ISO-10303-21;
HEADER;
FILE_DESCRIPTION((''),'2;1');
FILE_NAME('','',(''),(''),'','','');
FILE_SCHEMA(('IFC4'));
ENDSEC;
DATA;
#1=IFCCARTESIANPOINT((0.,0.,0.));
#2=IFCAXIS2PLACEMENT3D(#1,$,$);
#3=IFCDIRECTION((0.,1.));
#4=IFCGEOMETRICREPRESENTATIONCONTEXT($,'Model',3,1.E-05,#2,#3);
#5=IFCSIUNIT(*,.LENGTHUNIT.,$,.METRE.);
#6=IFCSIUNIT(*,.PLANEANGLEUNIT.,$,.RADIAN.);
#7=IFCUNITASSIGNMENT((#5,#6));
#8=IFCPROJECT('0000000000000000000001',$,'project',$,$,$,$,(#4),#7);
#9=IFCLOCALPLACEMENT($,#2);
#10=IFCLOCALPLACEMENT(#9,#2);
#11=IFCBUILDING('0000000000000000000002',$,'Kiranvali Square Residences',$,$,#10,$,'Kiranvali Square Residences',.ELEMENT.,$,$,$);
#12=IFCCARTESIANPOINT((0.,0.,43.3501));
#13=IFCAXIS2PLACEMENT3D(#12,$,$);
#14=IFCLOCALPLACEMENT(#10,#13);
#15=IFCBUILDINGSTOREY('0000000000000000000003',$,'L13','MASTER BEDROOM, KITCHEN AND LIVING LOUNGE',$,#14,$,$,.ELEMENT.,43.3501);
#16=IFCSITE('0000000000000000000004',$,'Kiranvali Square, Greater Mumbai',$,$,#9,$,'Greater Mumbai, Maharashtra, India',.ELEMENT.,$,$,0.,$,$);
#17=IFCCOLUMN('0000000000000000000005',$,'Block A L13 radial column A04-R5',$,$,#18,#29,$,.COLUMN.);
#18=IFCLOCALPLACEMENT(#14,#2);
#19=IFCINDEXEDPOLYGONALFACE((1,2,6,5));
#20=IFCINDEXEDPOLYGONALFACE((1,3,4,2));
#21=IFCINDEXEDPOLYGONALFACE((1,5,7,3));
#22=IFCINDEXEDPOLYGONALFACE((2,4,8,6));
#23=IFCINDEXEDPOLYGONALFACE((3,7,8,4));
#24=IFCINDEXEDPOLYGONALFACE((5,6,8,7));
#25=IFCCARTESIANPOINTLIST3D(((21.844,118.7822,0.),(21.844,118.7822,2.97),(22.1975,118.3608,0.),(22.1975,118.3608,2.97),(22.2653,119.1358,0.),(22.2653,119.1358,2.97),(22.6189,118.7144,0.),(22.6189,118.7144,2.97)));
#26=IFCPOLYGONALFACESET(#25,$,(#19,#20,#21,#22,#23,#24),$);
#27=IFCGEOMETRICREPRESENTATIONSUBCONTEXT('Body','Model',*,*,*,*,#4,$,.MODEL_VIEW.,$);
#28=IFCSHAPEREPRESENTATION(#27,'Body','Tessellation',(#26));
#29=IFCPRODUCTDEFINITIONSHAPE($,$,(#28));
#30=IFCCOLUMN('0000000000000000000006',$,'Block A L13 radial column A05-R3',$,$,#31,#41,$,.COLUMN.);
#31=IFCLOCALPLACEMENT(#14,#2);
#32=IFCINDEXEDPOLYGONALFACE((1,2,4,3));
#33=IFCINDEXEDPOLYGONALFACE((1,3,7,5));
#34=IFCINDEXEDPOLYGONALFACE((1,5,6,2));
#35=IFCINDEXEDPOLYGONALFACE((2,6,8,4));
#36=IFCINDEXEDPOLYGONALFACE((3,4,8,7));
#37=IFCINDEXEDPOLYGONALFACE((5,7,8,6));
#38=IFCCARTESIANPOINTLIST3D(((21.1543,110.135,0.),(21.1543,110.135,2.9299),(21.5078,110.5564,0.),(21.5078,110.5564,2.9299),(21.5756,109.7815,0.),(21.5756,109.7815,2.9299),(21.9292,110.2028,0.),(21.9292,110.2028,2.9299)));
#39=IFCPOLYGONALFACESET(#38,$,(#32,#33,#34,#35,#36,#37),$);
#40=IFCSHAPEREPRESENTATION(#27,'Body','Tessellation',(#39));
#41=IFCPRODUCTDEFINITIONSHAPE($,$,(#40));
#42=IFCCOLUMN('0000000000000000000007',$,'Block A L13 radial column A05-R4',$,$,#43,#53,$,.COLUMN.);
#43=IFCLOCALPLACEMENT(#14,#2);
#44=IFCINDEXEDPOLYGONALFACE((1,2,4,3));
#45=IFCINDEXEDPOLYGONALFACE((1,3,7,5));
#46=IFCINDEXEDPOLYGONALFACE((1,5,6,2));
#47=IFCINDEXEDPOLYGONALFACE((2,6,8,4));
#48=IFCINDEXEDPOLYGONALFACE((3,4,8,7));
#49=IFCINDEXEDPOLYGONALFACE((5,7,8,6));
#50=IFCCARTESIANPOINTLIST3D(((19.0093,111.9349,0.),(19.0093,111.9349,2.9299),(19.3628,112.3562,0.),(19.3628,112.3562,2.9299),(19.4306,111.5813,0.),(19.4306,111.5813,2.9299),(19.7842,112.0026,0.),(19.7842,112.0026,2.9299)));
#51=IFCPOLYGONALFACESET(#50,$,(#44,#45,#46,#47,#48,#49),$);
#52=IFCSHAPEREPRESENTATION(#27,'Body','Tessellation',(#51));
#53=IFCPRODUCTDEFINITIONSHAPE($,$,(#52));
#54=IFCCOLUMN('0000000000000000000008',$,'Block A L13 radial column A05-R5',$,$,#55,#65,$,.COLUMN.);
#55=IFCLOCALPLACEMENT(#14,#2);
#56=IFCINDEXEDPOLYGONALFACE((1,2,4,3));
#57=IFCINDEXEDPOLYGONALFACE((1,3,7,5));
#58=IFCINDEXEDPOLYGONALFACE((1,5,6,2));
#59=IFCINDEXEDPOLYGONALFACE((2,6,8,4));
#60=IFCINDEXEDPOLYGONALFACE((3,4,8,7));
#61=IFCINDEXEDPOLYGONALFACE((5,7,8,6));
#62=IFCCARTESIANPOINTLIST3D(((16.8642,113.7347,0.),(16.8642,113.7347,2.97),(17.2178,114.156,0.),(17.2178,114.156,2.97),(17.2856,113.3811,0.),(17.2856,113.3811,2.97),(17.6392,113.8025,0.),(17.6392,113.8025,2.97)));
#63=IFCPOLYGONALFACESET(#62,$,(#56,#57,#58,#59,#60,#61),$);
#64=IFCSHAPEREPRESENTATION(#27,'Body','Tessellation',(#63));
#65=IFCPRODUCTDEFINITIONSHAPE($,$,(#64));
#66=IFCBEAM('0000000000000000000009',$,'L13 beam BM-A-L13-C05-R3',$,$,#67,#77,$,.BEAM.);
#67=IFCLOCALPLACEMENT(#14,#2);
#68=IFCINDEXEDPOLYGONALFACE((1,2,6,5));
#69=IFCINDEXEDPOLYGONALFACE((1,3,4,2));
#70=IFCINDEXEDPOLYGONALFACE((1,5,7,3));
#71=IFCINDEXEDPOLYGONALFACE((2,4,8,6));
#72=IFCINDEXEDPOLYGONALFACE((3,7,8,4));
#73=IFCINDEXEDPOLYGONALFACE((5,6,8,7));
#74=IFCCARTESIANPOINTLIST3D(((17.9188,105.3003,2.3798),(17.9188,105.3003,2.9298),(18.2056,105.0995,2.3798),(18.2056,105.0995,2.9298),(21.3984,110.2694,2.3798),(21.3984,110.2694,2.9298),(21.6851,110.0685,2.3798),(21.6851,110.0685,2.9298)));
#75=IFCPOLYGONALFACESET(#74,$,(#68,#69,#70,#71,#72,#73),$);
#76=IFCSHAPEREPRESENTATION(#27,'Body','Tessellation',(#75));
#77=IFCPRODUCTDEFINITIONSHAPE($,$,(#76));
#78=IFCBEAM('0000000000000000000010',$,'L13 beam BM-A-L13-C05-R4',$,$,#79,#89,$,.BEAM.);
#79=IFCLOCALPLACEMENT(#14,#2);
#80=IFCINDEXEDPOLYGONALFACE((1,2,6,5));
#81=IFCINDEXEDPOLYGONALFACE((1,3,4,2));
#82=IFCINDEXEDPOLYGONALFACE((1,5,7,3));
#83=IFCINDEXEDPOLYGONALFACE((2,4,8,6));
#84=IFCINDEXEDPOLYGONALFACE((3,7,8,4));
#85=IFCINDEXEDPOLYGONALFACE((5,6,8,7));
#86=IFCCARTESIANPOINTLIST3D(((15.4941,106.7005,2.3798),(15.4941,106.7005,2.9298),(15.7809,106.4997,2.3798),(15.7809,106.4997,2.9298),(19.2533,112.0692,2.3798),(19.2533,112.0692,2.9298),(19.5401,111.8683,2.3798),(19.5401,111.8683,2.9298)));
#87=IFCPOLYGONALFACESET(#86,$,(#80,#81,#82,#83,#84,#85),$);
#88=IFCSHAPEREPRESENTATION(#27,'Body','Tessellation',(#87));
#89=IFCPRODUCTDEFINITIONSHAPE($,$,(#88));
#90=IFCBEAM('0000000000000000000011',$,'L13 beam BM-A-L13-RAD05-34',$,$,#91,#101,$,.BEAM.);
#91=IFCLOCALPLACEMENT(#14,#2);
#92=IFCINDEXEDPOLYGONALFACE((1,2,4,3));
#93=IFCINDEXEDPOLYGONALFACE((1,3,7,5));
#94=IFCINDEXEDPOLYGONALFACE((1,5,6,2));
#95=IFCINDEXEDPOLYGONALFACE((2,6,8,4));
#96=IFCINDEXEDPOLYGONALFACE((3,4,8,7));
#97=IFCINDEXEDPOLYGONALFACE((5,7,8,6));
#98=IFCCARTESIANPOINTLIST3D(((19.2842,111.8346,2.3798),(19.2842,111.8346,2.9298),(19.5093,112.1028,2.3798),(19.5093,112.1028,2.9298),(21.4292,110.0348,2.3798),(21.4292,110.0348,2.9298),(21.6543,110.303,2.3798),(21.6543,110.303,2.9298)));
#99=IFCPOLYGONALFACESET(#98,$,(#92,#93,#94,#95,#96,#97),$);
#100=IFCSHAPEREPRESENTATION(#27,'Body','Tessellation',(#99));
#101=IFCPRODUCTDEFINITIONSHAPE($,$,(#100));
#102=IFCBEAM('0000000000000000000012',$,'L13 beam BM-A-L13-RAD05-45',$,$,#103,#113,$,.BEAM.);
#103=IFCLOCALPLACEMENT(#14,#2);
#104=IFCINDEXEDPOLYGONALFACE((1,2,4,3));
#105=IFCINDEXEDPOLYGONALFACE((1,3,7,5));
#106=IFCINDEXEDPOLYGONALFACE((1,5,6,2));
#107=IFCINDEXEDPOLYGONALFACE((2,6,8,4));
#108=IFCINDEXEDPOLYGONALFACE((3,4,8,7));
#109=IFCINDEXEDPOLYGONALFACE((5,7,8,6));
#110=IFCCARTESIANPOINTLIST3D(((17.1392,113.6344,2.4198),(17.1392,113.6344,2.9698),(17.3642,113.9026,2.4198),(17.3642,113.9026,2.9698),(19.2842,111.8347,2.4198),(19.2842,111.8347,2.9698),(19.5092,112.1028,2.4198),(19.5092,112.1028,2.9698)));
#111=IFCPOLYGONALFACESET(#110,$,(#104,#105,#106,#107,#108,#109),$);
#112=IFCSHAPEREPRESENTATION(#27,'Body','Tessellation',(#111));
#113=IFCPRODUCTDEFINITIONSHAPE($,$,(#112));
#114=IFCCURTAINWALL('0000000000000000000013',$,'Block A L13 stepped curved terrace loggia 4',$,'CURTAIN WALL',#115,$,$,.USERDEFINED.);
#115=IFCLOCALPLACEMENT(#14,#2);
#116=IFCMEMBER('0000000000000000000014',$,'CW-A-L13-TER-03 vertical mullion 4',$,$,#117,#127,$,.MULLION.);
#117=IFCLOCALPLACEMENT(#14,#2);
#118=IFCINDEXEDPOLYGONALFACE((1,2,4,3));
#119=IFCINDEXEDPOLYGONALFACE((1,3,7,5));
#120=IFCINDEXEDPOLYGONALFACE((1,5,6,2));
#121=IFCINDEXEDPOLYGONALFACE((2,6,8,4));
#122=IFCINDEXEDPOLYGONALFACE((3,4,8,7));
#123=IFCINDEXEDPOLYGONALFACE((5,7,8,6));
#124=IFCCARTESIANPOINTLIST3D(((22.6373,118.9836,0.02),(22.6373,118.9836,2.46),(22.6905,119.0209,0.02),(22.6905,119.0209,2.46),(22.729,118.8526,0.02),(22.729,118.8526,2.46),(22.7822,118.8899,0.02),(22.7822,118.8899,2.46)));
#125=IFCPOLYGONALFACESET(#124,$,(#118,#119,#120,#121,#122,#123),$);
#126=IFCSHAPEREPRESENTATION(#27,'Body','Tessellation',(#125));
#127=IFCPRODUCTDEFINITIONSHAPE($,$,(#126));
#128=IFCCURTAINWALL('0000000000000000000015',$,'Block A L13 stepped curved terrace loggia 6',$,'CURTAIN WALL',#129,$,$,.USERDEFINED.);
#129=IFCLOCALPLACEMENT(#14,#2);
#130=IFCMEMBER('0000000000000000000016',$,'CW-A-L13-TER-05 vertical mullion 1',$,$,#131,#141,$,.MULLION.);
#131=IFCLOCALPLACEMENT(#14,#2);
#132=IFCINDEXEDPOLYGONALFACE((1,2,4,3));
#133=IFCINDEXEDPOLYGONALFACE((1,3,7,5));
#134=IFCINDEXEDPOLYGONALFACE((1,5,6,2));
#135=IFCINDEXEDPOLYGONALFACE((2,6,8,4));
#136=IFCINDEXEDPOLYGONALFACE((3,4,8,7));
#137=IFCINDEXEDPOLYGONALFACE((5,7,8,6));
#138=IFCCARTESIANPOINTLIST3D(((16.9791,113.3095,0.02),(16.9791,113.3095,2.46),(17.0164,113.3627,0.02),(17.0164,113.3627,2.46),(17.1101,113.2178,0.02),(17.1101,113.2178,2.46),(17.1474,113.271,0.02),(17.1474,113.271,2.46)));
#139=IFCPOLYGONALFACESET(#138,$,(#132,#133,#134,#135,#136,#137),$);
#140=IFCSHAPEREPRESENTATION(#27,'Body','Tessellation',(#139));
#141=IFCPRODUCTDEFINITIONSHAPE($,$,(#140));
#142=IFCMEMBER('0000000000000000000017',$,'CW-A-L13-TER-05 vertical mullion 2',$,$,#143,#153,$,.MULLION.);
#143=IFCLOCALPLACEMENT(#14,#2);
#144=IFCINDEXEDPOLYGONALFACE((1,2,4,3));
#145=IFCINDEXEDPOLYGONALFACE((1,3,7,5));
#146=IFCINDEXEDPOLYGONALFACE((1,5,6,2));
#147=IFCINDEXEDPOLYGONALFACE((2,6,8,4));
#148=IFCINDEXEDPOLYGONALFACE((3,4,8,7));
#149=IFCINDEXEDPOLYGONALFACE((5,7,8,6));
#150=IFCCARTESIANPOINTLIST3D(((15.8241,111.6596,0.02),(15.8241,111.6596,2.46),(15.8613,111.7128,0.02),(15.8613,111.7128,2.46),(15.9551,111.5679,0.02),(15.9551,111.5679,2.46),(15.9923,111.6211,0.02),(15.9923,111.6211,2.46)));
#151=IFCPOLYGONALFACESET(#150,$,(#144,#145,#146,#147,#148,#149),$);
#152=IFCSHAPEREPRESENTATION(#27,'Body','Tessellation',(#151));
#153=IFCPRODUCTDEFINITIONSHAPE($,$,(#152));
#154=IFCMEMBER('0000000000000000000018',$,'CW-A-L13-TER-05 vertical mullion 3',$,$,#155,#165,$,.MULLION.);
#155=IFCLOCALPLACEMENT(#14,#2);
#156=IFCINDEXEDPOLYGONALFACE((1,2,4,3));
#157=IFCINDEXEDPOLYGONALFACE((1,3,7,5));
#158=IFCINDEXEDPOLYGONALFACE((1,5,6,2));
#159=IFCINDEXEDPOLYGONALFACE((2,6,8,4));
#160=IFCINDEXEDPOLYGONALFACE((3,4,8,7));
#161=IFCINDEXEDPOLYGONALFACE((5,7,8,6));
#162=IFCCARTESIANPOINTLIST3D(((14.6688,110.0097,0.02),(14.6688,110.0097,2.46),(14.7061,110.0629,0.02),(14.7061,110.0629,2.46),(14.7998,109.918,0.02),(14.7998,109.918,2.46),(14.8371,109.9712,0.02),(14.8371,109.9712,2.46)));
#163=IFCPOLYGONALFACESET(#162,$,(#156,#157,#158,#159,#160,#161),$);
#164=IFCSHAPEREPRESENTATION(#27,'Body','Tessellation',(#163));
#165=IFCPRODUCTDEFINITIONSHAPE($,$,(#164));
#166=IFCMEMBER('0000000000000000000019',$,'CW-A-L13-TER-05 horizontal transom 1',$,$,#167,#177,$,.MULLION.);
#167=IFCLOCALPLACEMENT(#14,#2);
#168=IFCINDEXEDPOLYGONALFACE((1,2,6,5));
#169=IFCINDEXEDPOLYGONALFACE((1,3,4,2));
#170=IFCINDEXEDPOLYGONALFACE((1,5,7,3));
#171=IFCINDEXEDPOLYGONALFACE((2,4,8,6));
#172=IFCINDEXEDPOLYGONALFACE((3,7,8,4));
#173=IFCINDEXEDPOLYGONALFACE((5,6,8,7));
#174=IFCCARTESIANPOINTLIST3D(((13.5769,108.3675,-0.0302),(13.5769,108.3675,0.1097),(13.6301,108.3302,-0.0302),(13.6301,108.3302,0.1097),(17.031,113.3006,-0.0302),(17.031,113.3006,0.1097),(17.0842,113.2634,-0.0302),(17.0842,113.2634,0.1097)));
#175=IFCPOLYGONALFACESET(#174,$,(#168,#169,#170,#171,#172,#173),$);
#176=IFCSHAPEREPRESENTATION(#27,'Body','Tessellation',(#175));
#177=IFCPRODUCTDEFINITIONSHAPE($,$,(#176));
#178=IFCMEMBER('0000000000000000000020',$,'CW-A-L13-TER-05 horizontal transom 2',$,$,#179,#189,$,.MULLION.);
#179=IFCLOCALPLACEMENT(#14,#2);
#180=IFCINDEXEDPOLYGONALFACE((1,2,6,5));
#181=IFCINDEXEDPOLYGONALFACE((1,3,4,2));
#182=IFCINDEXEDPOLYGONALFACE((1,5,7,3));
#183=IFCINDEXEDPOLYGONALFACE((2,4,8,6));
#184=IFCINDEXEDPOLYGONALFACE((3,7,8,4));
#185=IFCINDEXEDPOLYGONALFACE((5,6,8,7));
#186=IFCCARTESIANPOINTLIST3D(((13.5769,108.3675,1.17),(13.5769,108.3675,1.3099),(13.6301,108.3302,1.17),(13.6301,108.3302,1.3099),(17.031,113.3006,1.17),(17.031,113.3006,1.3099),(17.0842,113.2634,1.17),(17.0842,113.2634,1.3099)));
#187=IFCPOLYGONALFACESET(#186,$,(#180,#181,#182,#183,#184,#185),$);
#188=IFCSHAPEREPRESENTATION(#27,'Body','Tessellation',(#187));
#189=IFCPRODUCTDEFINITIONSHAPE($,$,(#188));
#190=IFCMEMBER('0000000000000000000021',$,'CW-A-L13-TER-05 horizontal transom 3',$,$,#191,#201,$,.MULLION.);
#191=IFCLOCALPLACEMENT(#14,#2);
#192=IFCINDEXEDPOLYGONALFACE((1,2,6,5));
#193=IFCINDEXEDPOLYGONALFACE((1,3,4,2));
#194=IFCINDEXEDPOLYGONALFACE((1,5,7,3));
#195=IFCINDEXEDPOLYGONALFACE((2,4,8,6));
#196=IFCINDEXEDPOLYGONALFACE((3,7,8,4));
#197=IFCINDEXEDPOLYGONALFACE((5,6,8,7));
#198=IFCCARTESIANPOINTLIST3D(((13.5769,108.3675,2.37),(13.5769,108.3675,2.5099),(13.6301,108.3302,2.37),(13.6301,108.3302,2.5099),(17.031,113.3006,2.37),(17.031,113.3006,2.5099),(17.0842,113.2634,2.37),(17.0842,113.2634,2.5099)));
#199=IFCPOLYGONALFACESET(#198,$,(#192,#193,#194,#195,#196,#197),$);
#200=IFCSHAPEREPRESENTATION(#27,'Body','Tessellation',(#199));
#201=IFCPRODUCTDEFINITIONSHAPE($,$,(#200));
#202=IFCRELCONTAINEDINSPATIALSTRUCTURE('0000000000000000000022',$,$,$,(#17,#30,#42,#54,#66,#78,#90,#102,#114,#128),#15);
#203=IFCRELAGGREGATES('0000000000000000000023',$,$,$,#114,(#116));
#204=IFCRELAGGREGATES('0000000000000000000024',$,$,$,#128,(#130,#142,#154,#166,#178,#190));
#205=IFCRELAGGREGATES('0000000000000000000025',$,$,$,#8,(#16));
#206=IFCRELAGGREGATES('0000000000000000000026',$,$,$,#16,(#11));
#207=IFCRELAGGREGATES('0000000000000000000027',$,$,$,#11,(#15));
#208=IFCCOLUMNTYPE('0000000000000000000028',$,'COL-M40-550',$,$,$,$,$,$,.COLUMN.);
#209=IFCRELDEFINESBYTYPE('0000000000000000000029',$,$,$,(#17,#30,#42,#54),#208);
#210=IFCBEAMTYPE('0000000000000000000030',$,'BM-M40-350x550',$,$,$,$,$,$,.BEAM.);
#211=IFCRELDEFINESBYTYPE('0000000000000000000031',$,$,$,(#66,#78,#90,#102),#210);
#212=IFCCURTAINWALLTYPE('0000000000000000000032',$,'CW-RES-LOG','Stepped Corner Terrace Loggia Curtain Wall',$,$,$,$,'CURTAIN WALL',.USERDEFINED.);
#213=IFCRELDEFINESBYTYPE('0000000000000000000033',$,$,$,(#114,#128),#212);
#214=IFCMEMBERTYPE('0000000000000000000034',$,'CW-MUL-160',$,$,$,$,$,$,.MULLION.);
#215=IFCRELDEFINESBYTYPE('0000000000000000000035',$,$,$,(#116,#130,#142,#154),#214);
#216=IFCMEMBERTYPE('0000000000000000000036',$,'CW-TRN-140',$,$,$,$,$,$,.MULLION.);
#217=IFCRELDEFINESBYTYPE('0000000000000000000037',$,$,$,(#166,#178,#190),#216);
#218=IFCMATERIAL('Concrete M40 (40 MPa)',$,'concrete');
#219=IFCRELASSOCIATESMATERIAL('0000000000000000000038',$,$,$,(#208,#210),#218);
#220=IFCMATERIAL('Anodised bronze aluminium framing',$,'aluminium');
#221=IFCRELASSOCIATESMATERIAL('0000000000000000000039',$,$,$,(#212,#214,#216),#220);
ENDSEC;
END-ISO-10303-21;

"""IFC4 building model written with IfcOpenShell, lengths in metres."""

from ifc_helpers import new_model, si_unit, direction, frame, origin, origin_2d, place, context, subcontext, project, spatial, rectangle, extrude, material, material_profile, profile_set, type_object, element, aggregate, save


model = new_model("IFC4")

# Units and contexts
model_context = context("Model", 3, precision=1e-05, world=origin(), true_north=direction((0.0, 1.0)))
body_context = subcontext(model_context, "Body", "Model", "MODEL_VIEW")
ifc_project = project(units=[si_unit("LENGTHUNIT", "METRE"), si_unit("PLANEANGLEUNIT", "RADIAN")], contexts=[model_context])

# Site, building, storey
site_placement = place(None, origin())
site = spatial("IfcSite", under=ifc_project, at=site_placement, Name="Kiranvali Square, Greater Mumbai", LongName="Greater Mumbai, Maharashtra, India", CompositionType="ELEMENT", RefElevation=0.0)
building_placement = place(site_placement, origin())
building = spatial("IfcBuilding", under=site, at=building_placement, Name="Kiranvali Square Residences", LongName="Kiranvali Square Residences", CompositionType="ELEMENT")
storey_placement = place(building_placement, frame((0.0, 0.0, 43.3501)))
storey = spatial("IfcBuildingStorey", under=building, at=storey_placement, Name="L13", Description="MASTER BEDROOM, KITCHEN AND LIVING LOUNGE", CompositionType="ELEMENT", Elevation=43.3501)

# Columns
ifc_material_1 = material(Name="Concrete M40 (40 MPa)", Category="concrete")
ifc_material_profile_1 = material_profile(ifc_material_1, rectangle(XDim=0.55, YDim=0.55, at=origin_2d()), Name="RC 550x550")
ifc_profile_set_1 = profile_set([ifc_material_profile_1], Name="Concrete M40 (40 MPa)")
column_type = type_object("IfcColumnType", Name="COL-M40-550", PredefinedType="COLUMN", material=ifc_profile_set_1)
column_1_placement = place(storey_placement, frame((22.2314, 118.7483, 0.0), z_axis=(0.0, 0.0, 1.0), x_axis=(0.766044, 0.642788, 0.0)))
element("IfcColumn", 1, at=column_1_placement, inside=storey, type_object=column_type, Name="Block A L13 radial column A04-R5", PredefinedType="COLUMN", context=body_context, shape_type="SweptSolid", body=[
    extrude(rectangle(XDim=0.55, YDim=0.55, at=origin_2d()), origin(), (0.0, 0.0, 1.0), 2.97),
])
for number, where, z_axis, x_axis, name in (
    (2, (21.5417, 110.1689, 0.0), (0.0, 0.0, 1.0), (0.642788, 0.766044, 0.0), "Block A L13 radial column A05-R3"),
    (3, (19.3967, 111.9688, 0.0), (0.0, 0.0, 1.0), (0.642788, 0.766044, 0.0), "Block A L13 radial column A05-R4"),
):
    element("IfcColumn", number, at=place(storey_placement, frame(where, z_axis=z_axis, x_axis=x_axis)), inside=storey, type_object=column_type, Name=name, PredefinedType="COLUMN", context=body_context, shape_type="SweptSolid", body=[
        extrude(rectangle(XDim=0.55, YDim=0.55, at=origin_2d()), origin(), (0.0, 0.0, 1.0), 2.9299),
    ])
column_2_placement = place(storey_placement, frame((17.2517, 113.7686, 0.0), z_axis=(0.0, 0.0, 1.0), x_axis=(0.642788, 0.766044, 0.0)))
element("IfcColumn", 4, at=column_2_placement, inside=storey, type_object=column_type, Name="Block A L13 radial column A05-R5", PredefinedType="COLUMN", context=body_context, shape_type="SweptSolid", body=[
    extrude(rectangle(XDim=0.55, YDim=0.55, at=origin_2d()), origin(), (0.0, 0.0, 1.0), 2.97),
])

# Beams
ifc_material_profile_2 = material_profile(ifc_material_1, rectangle(XDim=0.3501, YDim=0.55, at=origin_2d()), Name="RC 350x550")
ifc_profile_set_2 = profile_set([ifc_material_profile_2], Name="Concrete M40 (40 MPa)")
beam_type_1 = type_object("IfcBeamType", Name="BM-M40-350x550", PredefinedType="BEAM", material=ifc_profile_set_2)
beam_1_placement = place(storey_placement, frame((21.5417, 110.1689, 2.6548), z_axis=(-0.573595, -0.819139, 0.0), x_axis=(0.819139, -0.573595, 0.0)))
element("IfcBeam", 5, at=beam_1_placement, inside=storey, type_object=beam_type_1, Name="L13 beam BM-A-L13-C05-R3", PredefinedType="BEAM", context=body_context, shape_type="SweptSolid", body=[
    extrude(rectangle(XDim=0.3501, YDim=0.55, at=origin_2d()), origin(), (0.0, 0.0, 1.0), 6.0662),
])
beam_2_placement = place(storey_placement, frame((19.3967, 111.9688, 2.6548), z_axis=(-0.573587, -0.819144, 0.0), x_axis=(0.819144, -0.573587, 0.0)))
element("IfcBeam", 6, at=beam_2_placement, inside=storey, type_object=beam_type_1, Name="L13 beam BM-A-L13-C05-R4", PredefinedType="BEAM", context=body_context, shape_type="SweptSolid", body=[
    extrude(rectangle(XDim=0.3501, YDim=0.55, at=origin_2d()), origin(), (0.0, 0.0, 1.0), 6.554),
])
for number, where, z_axis, x_axis, name in (
    (7, (21.5417, 110.1689, 2.6548), (-0.766059, 0.642771, 0.0), (-0.642771, -0.766059, 0.0), "L13 beam BM-A-L13-RAD05-34"),
    (8, (19.3967, 111.9688, 2.6948), (-0.766059, 0.642771, 0.0), (-0.642771, -0.766059, 0.0), "L13 beam BM-A-L13-RAD05-45"),
):
    element("IfcBeam", number, at=place(storey_placement, frame(where, z_axis=z_axis, x_axis=x_axis)), inside=storey, type_object=beam_type_1, Name=name, PredefinedType="BEAM", context=body_context, shape_type="SweptSolid", body=[
        extrude(rectangle(XDim=0.3501, YDim=0.55, at=origin_2d()), origin(), (0.0, 0.0, 1.0), 2.8),
    ])

# Curtain wall, member
ifc_material_2 = material(Name="Anodised bronze aluminium framing", Category="aluminium")
curtain_wall_type = type_object("IfcCurtainWallType", Name="CW-RES-LOG", Description="Stepped Corner Terrace Loggia Curtain Wall", ElementType="CURTAIN WALL", PredefinedType="USERDEFINED", material=ifc_material_2)
curtain_wall_1_placement = place(storey_placement, origin())
curtain_wall_1 = element("IfcCurtainWall", 9, at=curtain_wall_1_placement, inside=storey, type_object=curtain_wall_type, Name="Block A L13 stepped curved terrace loggia 4", ObjectType="CURTAIN WALL", PredefinedType="USERDEFINED")
ifc_material_profile_3 = material_profile(ifc_material_2, rectangle(XDim=0.0649, YDim=0.1599, at=origin_2d()), Name="ALU 65x160")
ifc_profile_set_3 = profile_set([ifc_material_profile_3], Name="Anodised bronze aluminium framing")
member_type_1 = type_object("IfcMemberType", Name="CW-MUL-160", PredefinedType="MULLION", material=ifc_profile_set_3)
member_1_placement = place(storey_placement, frame((22.7097, 118.9368, 0.02), z_axis=(0.0, 0.0, 1.0), x_axis=(-0.819152, -0.573576, 0.0)))
member_1 = element("IfcMember", 10, at=member_1_placement, type_object=member_type_1, Name="CW-A-L13-TER-03 vertical mullion 4", PredefinedType="MULLION", context=body_context, shape_type="SweptSolid", body=[
    extrude(rectangle(XDim=0.0649, YDim=0.1599, at=origin_2d()), origin(), (0.0, 0.0, 1.0), 2.4399),
])
aggregate(curtain_wall_1, [member_1])

# Curtain wall, members
curtain_wall_2_placement = place(storey_placement, origin())
curtain_wall_2 = element("IfcCurtainWall", 11, at=curtain_wall_2_placement, inside=storey, type_object=curtain_wall_type, Name="Block A L13 stepped curved terrace loggia 6", ObjectType="CURTAIN WALL", PredefinedType="USERDEFINED")
member_2_placement = place(storey_placement, frame((17.0632, 113.2903, 0.02), z_axis=(0.0, 0.0, 1.0), x_axis=(-0.573576, -0.819152, 0.0)))
member_2 = element("IfcMember", 12, at=member_2_placement, type_object=member_type_1, Name="CW-A-L13-TER-05 vertical mullion 1", PredefinedType="MULLION", context=body_context, shape_type="SweptSolid", body=[
    extrude(rectangle(XDim=0.0649, YDim=0.1599, at=origin_2d()), origin(), (0.0, 0.0, 1.0), 2.4399),
])
member_3_placement = place(storey_placement, frame((15.9082, 111.6404, 0.02), z_axis=(0.0, 0.0, 1.0), x_axis=(-0.573576, -0.819152, 0.0)))
member_3 = element("IfcMember", 13, at=member_3_placement, type_object=member_type_1, Name="CW-A-L13-TER-05 vertical mullion 2", PredefinedType="MULLION", context=body_context, shape_type="SweptSolid", body=[
    extrude(rectangle(XDim=0.0649, YDim=0.1599, at=origin_2d()), origin(), (0.0, 0.0, 1.0), 2.4399),
])
member_4_placement = place(storey_placement, frame((14.7529, 109.9905, 0.02), z_axis=(0.0, 0.0, 1.0), x_axis=(-0.573576, -0.819152, 0.0)))
member_4 = element("IfcMember", 14, at=member_4_placement, type_object=member_type_1, Name="CW-A-L13-TER-05 vertical mullion 3", PredefinedType="MULLION", context=body_context, shape_type="SweptSolid", body=[
    extrude(rectangle(XDim=0.0649, YDim=0.1599, at=origin_2d()), origin(), (0.0, 0.0, 1.0), 2.4399),
])
ifc_material_profile_4 = material_profile(ifc_material_2, rectangle(XDim=0.0649, YDim=0.1399, at=origin_2d()), Name="ALU 65x140")
ifc_profile_set_4 = profile_set([ifc_material_profile_4], Name="Anodised bronze aluminium framing")
member_type_2 = type_object("IfcMemberType", Name="CW-TRN-140", PredefinedType="MULLION", material=ifc_profile_set_4)
member_5_placement = place(storey_placement, frame((17.0576, 113.282, 0.0398), z_axis=(-0.573566, -0.81916, 0.0), x_axis=(0.81916, -0.573566, 0.0)))
member_5 = element("IfcMember", 15, at=member_5_placement, type_object=member_type_2, Name="CW-A-L13-TER-05 horizontal transom 1", PredefinedType="MULLION", context=body_context, shape_type="SweptSolid", body=[
    extrude(rectangle(XDim=0.0649, YDim=0.1399, at=origin_2d()), origin(), (0.0, 0.0, 1.0), 6.0222),
])
member_6_placement = place(storey_placement, frame((17.0576, 113.282, 1.24), z_axis=(-0.573566, -0.81916, 0.0), x_axis=(0.81916, -0.573566, 0.0)))
member_6 = element("IfcMember", 16, at=member_6_placement, type_object=member_type_2, Name="CW-A-L13-TER-05 horizontal transom 2", PredefinedType="MULLION", context=body_context, shape_type="SweptSolid", body=[
    extrude(rectangle(XDim=0.0649, YDim=0.1399, at=origin_2d()), origin(), (0.0, 0.0, 1.0), 6.0222),
])
member_7_placement = place(storey_placement, frame((17.0576, 113.282, 2.4399), z_axis=(-0.573566, -0.81916, 0.0), x_axis=(0.81916, -0.573566, 0.0)))
member_7 = element("IfcMember", 17, at=member_7_placement, type_object=member_type_2, Name="CW-A-L13-TER-05 horizontal transom 3", PredefinedType="MULLION", context=body_context, shape_type="SweptSolid", body=[
    extrude(rectangle(XDim=0.0649, YDim=0.1399, at=origin_2d()), origin(), (0.0, 0.0, 1.0), 6.0222),
])

aggregate(curtain_wall_2, [member_2, member_3, member_4, member_5, member_6, member_7])

save(model, "model.ifc")
